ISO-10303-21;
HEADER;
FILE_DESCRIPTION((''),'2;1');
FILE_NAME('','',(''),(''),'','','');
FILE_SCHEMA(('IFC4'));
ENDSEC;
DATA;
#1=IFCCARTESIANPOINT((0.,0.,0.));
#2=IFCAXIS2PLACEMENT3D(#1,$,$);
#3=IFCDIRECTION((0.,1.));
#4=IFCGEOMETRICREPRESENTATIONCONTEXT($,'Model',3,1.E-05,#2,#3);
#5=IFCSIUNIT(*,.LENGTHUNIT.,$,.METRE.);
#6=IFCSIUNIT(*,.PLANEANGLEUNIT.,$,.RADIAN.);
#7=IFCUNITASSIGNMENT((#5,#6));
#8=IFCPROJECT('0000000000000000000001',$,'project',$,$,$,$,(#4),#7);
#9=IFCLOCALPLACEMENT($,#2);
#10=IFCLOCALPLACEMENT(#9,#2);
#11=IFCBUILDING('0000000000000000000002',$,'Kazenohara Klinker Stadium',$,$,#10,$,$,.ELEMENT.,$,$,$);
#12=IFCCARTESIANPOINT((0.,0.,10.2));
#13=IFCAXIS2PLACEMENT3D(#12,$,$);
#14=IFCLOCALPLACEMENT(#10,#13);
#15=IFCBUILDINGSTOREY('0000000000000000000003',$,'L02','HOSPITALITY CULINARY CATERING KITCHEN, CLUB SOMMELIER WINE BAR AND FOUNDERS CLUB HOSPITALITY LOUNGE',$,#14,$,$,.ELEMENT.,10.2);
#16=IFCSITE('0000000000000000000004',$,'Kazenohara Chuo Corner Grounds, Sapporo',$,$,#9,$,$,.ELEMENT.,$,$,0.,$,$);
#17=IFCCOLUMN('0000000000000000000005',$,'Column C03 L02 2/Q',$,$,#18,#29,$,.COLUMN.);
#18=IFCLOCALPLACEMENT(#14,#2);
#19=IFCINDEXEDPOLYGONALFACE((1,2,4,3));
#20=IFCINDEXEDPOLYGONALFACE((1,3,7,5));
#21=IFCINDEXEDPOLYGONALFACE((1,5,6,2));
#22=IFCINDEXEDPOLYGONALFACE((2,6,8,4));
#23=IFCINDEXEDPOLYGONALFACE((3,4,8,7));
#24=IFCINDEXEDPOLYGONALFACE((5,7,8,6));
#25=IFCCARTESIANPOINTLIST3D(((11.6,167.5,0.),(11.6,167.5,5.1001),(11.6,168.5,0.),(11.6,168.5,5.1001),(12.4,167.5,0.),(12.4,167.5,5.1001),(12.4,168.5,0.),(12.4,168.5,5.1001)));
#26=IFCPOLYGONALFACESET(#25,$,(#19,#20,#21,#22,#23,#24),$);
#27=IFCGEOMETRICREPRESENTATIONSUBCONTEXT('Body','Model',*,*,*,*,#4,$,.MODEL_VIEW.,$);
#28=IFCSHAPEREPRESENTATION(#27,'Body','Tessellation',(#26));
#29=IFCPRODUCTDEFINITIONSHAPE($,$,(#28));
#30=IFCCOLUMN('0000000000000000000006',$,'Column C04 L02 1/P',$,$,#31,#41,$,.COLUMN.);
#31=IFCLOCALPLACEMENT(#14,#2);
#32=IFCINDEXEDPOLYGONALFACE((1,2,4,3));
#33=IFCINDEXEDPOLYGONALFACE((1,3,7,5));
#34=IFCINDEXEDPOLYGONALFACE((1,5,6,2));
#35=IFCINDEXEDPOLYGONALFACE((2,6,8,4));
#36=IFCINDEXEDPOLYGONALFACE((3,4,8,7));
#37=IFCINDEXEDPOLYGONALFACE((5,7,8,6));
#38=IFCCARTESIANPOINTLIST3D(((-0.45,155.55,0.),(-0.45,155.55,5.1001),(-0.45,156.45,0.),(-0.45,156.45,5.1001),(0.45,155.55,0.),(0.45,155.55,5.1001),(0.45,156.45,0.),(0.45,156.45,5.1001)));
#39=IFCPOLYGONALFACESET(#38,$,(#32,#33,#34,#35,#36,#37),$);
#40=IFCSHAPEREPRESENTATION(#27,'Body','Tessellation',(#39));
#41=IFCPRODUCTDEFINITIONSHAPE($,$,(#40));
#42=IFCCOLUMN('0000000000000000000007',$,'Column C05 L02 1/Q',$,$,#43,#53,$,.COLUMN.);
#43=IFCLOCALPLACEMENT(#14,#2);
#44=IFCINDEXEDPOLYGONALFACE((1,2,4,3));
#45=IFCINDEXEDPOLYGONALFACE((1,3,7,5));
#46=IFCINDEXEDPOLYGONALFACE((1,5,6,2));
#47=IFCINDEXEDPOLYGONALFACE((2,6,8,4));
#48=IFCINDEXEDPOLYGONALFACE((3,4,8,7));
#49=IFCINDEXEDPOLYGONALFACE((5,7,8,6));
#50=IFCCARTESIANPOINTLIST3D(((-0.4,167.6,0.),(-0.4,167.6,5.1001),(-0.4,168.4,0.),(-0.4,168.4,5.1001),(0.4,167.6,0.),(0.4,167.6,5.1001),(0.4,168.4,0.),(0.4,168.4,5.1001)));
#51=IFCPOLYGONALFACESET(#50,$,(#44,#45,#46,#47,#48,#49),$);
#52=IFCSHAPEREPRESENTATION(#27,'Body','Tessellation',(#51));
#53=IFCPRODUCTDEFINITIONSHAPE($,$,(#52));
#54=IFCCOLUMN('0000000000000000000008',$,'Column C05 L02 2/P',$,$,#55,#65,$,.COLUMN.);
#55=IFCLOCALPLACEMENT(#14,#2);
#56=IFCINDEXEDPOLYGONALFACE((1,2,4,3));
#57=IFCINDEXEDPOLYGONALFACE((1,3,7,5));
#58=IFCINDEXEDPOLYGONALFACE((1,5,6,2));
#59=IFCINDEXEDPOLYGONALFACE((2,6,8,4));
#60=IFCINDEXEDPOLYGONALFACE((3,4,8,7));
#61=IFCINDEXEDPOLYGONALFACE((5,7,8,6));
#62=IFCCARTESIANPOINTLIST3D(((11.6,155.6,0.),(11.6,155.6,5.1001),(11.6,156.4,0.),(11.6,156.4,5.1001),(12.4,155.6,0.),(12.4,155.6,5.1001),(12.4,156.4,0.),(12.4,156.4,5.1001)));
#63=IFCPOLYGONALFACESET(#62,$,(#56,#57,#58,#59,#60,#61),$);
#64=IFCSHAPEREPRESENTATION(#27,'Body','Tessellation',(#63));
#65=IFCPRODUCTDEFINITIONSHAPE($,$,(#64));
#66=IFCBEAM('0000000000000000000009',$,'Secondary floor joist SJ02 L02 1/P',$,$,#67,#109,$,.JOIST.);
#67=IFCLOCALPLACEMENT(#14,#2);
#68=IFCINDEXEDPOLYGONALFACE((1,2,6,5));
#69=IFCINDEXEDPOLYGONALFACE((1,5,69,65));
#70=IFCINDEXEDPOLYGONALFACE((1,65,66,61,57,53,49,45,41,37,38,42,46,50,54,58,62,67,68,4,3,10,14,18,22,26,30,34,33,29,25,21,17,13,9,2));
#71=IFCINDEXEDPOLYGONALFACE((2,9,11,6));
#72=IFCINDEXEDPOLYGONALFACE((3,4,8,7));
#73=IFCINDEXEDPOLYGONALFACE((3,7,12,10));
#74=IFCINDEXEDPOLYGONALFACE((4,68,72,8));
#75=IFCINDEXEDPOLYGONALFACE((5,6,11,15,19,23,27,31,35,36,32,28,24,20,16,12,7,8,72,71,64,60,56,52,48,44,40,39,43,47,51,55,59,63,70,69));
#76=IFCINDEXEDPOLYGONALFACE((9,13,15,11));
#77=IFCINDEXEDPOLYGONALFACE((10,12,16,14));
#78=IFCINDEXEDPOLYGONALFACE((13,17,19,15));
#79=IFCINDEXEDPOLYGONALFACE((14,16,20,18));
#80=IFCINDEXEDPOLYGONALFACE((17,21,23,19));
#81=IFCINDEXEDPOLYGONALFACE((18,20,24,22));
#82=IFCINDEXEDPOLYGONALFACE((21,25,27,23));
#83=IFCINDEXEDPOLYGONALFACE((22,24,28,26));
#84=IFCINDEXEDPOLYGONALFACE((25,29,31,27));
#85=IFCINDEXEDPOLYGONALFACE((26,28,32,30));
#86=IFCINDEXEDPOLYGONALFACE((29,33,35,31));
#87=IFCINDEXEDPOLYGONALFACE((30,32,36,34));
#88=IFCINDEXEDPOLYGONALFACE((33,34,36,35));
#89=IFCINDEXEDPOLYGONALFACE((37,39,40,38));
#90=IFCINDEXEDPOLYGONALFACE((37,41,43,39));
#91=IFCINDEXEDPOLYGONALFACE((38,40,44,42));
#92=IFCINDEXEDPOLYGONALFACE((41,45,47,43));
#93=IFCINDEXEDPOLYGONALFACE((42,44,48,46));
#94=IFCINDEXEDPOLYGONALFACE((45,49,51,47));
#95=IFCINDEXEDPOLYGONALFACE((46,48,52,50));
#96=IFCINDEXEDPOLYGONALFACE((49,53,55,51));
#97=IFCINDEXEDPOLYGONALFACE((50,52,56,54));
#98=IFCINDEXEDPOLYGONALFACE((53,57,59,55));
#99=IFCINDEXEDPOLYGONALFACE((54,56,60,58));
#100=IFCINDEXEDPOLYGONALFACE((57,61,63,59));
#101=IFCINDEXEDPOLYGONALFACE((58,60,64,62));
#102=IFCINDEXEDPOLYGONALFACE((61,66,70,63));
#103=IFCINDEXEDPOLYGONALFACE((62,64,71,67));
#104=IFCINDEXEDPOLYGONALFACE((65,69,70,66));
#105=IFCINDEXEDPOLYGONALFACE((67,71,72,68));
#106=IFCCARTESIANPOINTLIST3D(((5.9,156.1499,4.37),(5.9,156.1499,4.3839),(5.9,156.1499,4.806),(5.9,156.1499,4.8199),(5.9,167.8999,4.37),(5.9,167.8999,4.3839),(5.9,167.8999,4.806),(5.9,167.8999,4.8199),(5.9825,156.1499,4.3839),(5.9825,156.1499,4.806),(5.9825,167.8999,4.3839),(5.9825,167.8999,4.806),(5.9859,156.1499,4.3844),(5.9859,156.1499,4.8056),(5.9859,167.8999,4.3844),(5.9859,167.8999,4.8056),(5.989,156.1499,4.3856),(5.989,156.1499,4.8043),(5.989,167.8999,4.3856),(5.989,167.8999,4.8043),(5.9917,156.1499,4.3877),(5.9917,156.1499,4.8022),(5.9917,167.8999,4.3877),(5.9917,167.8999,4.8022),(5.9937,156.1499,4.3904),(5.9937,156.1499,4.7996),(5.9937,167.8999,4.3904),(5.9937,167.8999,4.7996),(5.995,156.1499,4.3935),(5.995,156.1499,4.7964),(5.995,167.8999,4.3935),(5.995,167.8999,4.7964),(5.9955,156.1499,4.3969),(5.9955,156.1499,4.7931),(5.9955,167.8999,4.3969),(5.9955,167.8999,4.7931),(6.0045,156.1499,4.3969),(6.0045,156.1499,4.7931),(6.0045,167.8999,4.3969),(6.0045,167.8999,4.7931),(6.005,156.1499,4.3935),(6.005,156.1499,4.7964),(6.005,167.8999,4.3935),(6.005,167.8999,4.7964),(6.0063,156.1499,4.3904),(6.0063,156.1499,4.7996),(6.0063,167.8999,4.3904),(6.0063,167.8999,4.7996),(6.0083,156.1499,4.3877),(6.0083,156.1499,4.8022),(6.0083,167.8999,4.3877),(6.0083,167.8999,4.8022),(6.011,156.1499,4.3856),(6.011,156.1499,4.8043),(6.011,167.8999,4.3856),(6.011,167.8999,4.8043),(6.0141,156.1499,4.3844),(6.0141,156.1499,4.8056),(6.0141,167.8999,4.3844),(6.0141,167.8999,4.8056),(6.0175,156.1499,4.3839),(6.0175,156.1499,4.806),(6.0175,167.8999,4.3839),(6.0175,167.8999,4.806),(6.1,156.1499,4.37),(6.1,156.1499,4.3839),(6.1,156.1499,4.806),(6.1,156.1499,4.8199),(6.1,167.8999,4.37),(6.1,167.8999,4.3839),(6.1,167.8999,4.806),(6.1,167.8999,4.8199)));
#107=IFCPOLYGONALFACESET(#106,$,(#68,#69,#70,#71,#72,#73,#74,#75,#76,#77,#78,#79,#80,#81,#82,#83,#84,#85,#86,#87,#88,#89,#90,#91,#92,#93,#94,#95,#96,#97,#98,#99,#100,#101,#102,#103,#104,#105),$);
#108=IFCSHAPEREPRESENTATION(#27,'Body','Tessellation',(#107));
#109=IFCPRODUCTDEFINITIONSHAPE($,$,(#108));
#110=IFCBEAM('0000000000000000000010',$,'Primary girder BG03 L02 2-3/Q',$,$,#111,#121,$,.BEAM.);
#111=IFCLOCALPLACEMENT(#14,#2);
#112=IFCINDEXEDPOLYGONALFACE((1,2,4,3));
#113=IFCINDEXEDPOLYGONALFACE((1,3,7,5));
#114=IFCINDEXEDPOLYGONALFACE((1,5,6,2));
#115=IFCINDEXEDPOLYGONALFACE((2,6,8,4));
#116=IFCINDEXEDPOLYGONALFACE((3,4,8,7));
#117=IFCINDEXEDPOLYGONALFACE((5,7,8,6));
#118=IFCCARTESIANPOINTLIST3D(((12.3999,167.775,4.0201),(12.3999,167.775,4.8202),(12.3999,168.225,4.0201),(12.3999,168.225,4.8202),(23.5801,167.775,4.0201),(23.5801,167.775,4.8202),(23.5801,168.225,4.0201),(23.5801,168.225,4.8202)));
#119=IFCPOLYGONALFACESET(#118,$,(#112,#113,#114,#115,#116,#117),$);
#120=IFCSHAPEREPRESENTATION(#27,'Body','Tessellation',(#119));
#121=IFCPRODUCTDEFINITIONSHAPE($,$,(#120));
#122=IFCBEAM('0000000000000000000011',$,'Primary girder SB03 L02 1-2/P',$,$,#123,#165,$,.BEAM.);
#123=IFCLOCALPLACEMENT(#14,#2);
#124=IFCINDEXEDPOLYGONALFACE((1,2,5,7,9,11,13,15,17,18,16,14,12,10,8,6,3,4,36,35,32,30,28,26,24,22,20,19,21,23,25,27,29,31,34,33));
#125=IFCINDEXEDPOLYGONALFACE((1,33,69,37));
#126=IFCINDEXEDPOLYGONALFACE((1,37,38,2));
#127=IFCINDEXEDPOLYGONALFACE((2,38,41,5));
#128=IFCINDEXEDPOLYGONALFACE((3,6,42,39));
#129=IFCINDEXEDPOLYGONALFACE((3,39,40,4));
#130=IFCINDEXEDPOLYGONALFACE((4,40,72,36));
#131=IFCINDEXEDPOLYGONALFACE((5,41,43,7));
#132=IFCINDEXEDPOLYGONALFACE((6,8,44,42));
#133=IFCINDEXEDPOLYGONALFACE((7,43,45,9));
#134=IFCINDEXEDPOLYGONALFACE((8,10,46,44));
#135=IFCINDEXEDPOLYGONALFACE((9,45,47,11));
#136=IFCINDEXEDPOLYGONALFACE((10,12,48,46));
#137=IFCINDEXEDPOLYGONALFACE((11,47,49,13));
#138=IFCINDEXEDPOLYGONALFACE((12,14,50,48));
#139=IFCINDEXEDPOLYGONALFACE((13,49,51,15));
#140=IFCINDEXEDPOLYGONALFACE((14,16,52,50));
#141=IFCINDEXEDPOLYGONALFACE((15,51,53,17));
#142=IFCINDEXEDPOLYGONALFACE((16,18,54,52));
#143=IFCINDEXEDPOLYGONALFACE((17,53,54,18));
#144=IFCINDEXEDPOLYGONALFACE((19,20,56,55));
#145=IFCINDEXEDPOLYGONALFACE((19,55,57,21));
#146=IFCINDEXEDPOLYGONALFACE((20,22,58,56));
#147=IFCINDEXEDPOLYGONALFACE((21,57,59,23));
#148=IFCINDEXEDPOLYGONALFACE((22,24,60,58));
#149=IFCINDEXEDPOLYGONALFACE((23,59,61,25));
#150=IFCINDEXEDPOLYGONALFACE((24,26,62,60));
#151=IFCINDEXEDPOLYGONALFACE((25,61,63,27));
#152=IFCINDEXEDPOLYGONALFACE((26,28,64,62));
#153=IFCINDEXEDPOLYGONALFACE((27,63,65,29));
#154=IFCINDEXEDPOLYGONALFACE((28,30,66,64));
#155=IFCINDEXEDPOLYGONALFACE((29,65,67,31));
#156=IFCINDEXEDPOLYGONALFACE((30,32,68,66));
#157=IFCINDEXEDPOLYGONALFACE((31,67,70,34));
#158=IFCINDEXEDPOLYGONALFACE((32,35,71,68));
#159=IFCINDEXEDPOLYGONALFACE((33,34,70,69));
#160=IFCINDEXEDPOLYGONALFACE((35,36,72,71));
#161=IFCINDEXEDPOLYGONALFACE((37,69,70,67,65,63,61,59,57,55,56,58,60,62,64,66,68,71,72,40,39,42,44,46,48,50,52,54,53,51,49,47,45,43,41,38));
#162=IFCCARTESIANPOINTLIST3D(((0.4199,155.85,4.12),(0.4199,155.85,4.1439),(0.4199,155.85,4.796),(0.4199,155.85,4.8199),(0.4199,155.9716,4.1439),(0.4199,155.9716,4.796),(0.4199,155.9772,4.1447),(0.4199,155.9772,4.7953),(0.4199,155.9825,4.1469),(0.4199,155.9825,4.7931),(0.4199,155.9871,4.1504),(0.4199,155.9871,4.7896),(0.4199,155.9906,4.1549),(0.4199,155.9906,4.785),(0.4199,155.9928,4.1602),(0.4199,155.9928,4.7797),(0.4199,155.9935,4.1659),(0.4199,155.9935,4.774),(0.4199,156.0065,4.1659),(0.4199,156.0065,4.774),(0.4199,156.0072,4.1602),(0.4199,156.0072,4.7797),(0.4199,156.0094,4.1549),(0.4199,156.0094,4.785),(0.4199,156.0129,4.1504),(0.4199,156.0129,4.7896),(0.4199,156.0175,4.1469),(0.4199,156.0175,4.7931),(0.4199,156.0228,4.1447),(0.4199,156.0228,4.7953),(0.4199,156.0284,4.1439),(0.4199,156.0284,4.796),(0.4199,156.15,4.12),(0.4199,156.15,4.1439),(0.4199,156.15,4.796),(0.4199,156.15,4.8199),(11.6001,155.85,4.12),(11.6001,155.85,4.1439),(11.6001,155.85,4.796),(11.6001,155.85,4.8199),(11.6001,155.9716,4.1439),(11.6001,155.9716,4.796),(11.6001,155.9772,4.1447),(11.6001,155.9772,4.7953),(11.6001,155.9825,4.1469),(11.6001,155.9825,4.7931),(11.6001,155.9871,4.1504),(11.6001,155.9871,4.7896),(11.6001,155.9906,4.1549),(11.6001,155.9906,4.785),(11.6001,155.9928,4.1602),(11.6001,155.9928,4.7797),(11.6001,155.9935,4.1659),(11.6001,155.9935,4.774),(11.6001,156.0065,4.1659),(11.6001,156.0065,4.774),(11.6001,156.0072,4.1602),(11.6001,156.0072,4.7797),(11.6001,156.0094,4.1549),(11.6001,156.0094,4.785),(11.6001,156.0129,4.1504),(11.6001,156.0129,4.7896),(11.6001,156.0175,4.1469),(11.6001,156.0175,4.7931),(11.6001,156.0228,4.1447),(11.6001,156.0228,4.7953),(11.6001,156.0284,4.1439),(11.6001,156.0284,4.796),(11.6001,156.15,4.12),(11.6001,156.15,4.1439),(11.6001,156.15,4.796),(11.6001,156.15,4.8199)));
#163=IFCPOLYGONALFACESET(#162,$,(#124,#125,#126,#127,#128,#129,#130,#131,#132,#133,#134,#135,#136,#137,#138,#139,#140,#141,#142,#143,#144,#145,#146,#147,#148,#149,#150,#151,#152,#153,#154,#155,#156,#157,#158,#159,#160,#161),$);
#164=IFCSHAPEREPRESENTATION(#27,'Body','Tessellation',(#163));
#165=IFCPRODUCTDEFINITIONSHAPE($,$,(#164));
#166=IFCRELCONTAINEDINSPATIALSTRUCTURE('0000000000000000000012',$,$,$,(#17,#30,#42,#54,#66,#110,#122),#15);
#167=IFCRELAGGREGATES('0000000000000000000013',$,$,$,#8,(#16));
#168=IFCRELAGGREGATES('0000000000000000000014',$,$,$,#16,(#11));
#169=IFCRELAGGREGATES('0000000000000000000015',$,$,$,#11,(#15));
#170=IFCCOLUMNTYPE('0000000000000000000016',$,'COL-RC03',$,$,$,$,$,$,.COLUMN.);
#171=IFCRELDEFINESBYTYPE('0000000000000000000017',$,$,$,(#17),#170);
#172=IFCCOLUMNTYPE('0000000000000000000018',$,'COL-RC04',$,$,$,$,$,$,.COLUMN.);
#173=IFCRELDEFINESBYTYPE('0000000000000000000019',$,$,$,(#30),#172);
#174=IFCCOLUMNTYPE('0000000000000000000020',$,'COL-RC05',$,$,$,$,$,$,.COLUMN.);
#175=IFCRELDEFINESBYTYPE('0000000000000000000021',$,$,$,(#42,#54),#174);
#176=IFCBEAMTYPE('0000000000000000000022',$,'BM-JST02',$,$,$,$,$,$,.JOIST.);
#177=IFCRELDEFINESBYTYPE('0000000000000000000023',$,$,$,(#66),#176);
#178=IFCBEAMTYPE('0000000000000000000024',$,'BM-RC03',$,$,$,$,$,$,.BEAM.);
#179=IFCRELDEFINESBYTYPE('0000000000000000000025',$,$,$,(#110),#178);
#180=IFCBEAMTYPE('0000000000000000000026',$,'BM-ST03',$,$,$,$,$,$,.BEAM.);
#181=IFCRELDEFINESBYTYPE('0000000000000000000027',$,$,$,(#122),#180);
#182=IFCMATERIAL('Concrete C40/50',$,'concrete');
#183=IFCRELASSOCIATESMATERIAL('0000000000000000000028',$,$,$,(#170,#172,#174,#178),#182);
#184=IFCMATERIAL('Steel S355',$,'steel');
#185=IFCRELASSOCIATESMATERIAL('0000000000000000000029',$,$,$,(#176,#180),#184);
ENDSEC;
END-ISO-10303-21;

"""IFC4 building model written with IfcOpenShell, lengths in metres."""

from ifc_helpers import new_model, si_unit, direction, frame, origin, origin_2d, place, context, subcontext, project, spatial, rectangle, i_section, extrude, material, material_profile, profile_set, type_object, element, save


model = new_model("IFC4")

# Units and contexts
model_context = context("Model", 3, precision=1e-05, world=origin(), true_north=direction((0.0, 1.0)))
body_context = subcontext(model_context, "Body", "Model", "MODEL_VIEW")
ifc_project = project(units=[si_unit("LENGTHUNIT", "METRE"), si_unit("PLANEANGLEUNIT", "RADIAN")], contexts=[model_context])

# Site, building, storey
site_placement = place(None, origin())
site = spatial("IfcSite", under=ifc_project, at=site_placement, Name="Kazenohara Chuo Corner Grounds, Sapporo", CompositionType="ELEMENT", RefElevation=0.0)
building_placement = place(site_placement, origin())
building = spatial("IfcBuilding", under=site, at=building_placement, Name="Kazenohara Klinker Stadium", CompositionType="ELEMENT")
storey_placement = place(building_placement, frame((0.0, 0.0, 10.2)))
storey = spatial("IfcBuildingStorey", under=building, at=storey_placement, Name="L02", Description="HOSPITALITY CULINARY CATERING KITCHEN, CLUB SOMMELIER WINE BAR AND FOUNDERS CLUB HOSPITALITY LOUNGE", CompositionType="ELEMENT", Elevation=10.2)

# Columns
ifc_material_1 = material(Name="Concrete C40/50", Category="concrete")
ifc_material_profile_1 = material_profile(ifc_material_1, rectangle(XDim=0.8, YDim=1.0, at=origin_2d()), Name="RC-COL-1000x800")
ifc_profile_set_1 = profile_set([ifc_material_profile_1], Name="Concrete C40/50")
column_type_1 = type_object("IfcColumnType", Name="COL-RC03", PredefinedType="COLUMN", material=ifc_profile_set_1)
column_1_placement = place(storey_placement, frame((12.0, 168.0, 0.0), z_axis=(0.0, 0.0, 1.0), x_axis=(1.0, 0.0, 0.0)))
element("IfcColumn", 1, at=column_1_placement, inside=storey, type_object=column_type_1, Name="Column C03 L02 2/Q", PredefinedType="COLUMN", context=body_context, shape_type="SweptSolid", body=[
    extrude(rectangle(XDim=0.8, YDim=1.0, at=origin_2d()), origin(), (0.0, 0.0, 1.0), 5.1001),
])
ifc_material_profile_2 = material_profile(ifc_material_1, rectangle(XDim=0.8999, YDim=0.8999, at=origin_2d()), Name="RC-COL-900x900")
ifc_profile_set_2 = profile_set([ifc_material_profile_2], Name="Concrete C40/50")
column_type_2 = type_object("IfcColumnType", Name="COL-RC04", PredefinedType="COLUMN", material=ifc_profile_set_2)
column_2_placement = place(storey_placement, frame((0.0, 156.0, 0.0), z_axis=(0.0, 0.0, 1.0), x_axis=(1.0, 0.0, 0.0)))
element("IfcColumn", 2, at=column_2_placement, inside=storey, type_object=column_type_2, Name="Column C04 L02 1/P", PredefinedType="COLUMN", context=body_context, shape_type="SweptSolid", body=[
    extrude(rectangle(XDim=0.8999, YDim=0.8999, at=origin_2d()), origin(), (0.0, 0.0, 1.0), 5.1001),
])
ifc_material_profile_3 = material_profile(ifc_material_1, rectangle(XDim=0.8, YDim=0.8, at=origin_2d()), Name="RC-COL-800x800")
ifc_profile_set_3 = profile_set([ifc_material_profile_3], Name="Concrete C40/50")
column_type_3 = type_object("IfcColumnType", Name="COL-RC05", PredefinedType="COLUMN", material=ifc_profile_set_3)
for number, where, z_axis, x_axis, name in (
    (3, (0.0, 168.0, 0.0), (0.0, 0.0, 1.0), (1.0, 0.0, 0.0), "Column C05 L02 1/Q"),
    (4, (12.0, 156.0, 0.0), (0.0, 0.0, 1.0), (1.0, 0.0, 0.0), "Column C05 L02 2/P"),
):
    element("IfcColumn", number, at=place(storey_placement, frame(where, z_axis=z_axis, x_axis=x_axis)), inside=storey, type_object=column_type_3, Name=name, PredefinedType="COLUMN", context=body_context, shape_type="SweptSolid", body=[
        extrude(rectangle(XDim=0.8, YDim=0.8, at=origin_2d()), origin(), (0.0, 0.0, 1.0), 5.1001),
    ])

# Beams
ifc_material_2 = material(Name="Steel S355", Category="steel")
ifc_material_profile_4 = material_profile(ifc_material_2, i_section(OverallWidth=0.2, OverallDepth=0.45, WebThickness=0.009, FlangeThickness=0.0139, FilletRadius=0.0129, at=origin_2d()), Name="H-450x200x9x14")
ifc_profile_set_4 = profile_set([ifc_material_profile_4], Name="Steel S355")
beam_type_1 = type_object("IfcBeamType", Name="BM-JST02", PredefinedType="JOIST", material=ifc_profile_set_4)
beam_1_placement = place(storey_placement, frame((6.0, 156.1499, 4.595), z_axis=(0.0, 1.0, 0.0), x_axis=(-1.0, 0.0, 0.0)))
element("IfcBeam", 5, at=beam_1_placement, inside=storey, type_object=beam_type_1, Name="Secondary floor joist SJ02 L02 1/P", PredefinedType="JOIST", context=body_context, shape_type="SweptSolid", body=[
    extrude(i_section(OverallWidth=0.2, OverallDepth=0.45, WebThickness=0.009, FlangeThickness=0.0139, FilletRadius=0.0129, at=origin_2d()), origin(), (0.0, 0.0, 1.0), 11.75),
])
ifc_material_profile_5 = material_profile(ifc_material_1, rectangle(XDim=0.45, YDim=0.8, at=origin_2d()), Name="RC-BM-450x800")
ifc_profile_set_5 = profile_set([ifc_material_profile_5], Name="Concrete C40/50")
beam_type_2 = type_object("IfcBeamType", Name="BM-RC03", PredefinedType="BEAM", material=ifc_profile_set_5)
beam_2_placement = place(storey_placement, frame((12.3999, 168.0, 4.4202), z_axis=(1.0, 0.0, 0.0), x_axis=(0.0, 1.0, 0.0)))
element("IfcBeam", 6, at=beam_2_placement, inside=storey, type_object=beam_type_2, Name="Primary girder BG03 L02 2-3/Q", PredefinedType="BEAM", context=body_context, shape_type="SweptSolid", body=[
    extrude(rectangle(XDim=0.45, YDim=0.8, at=origin_2d()), origin(), (0.0, 0.0, 1.0), 11.1802),
])
ifc_material_profile_6 = material_profile(ifc_material_2, i_section(OverallWidth=0.3, OverallDepth=0.7, WebThickness=0.0129, FlangeThickness=0.0239, FilletRadius=0.022, at=origin_2d()), Name="H-700x300x13x24")
ifc_profile_set_6 = profile_set([ifc_material_profile_6], Name="Steel S355")
beam_type_3 = type_object("IfcBeamType", Name="BM-ST03", PredefinedType="BEAM", material=ifc_profile_set_6)
for number, where, z_axis, x_axis, name in (
    (7, (0.4199, 156.0, 4.47), (1.0, 0.0, 0.0), (0.0, 1.0, 0.0), "Primary girder SB03 L02 1-2/P"),
):
    element("IfcBeam", number, at=place(storey_placement, frame(where, z_axis=z_axis, x_axis=x_axis)), inside=storey, type_object=beam_type_3, Name=name, PredefinedType="BEAM", context=body_context, shape_type="SweptSolid", body=[
        extrude(i_section(OverallWidth=0.3, OverallDepth=0.7, WebThickness=0.0129, FlangeThickness=0.0239, FilletRadius=0.022, at=origin_2d()), origin(), (0.0, 0.0, 1.0), 11.1802),
    ])

save(model, "model.ifc")
